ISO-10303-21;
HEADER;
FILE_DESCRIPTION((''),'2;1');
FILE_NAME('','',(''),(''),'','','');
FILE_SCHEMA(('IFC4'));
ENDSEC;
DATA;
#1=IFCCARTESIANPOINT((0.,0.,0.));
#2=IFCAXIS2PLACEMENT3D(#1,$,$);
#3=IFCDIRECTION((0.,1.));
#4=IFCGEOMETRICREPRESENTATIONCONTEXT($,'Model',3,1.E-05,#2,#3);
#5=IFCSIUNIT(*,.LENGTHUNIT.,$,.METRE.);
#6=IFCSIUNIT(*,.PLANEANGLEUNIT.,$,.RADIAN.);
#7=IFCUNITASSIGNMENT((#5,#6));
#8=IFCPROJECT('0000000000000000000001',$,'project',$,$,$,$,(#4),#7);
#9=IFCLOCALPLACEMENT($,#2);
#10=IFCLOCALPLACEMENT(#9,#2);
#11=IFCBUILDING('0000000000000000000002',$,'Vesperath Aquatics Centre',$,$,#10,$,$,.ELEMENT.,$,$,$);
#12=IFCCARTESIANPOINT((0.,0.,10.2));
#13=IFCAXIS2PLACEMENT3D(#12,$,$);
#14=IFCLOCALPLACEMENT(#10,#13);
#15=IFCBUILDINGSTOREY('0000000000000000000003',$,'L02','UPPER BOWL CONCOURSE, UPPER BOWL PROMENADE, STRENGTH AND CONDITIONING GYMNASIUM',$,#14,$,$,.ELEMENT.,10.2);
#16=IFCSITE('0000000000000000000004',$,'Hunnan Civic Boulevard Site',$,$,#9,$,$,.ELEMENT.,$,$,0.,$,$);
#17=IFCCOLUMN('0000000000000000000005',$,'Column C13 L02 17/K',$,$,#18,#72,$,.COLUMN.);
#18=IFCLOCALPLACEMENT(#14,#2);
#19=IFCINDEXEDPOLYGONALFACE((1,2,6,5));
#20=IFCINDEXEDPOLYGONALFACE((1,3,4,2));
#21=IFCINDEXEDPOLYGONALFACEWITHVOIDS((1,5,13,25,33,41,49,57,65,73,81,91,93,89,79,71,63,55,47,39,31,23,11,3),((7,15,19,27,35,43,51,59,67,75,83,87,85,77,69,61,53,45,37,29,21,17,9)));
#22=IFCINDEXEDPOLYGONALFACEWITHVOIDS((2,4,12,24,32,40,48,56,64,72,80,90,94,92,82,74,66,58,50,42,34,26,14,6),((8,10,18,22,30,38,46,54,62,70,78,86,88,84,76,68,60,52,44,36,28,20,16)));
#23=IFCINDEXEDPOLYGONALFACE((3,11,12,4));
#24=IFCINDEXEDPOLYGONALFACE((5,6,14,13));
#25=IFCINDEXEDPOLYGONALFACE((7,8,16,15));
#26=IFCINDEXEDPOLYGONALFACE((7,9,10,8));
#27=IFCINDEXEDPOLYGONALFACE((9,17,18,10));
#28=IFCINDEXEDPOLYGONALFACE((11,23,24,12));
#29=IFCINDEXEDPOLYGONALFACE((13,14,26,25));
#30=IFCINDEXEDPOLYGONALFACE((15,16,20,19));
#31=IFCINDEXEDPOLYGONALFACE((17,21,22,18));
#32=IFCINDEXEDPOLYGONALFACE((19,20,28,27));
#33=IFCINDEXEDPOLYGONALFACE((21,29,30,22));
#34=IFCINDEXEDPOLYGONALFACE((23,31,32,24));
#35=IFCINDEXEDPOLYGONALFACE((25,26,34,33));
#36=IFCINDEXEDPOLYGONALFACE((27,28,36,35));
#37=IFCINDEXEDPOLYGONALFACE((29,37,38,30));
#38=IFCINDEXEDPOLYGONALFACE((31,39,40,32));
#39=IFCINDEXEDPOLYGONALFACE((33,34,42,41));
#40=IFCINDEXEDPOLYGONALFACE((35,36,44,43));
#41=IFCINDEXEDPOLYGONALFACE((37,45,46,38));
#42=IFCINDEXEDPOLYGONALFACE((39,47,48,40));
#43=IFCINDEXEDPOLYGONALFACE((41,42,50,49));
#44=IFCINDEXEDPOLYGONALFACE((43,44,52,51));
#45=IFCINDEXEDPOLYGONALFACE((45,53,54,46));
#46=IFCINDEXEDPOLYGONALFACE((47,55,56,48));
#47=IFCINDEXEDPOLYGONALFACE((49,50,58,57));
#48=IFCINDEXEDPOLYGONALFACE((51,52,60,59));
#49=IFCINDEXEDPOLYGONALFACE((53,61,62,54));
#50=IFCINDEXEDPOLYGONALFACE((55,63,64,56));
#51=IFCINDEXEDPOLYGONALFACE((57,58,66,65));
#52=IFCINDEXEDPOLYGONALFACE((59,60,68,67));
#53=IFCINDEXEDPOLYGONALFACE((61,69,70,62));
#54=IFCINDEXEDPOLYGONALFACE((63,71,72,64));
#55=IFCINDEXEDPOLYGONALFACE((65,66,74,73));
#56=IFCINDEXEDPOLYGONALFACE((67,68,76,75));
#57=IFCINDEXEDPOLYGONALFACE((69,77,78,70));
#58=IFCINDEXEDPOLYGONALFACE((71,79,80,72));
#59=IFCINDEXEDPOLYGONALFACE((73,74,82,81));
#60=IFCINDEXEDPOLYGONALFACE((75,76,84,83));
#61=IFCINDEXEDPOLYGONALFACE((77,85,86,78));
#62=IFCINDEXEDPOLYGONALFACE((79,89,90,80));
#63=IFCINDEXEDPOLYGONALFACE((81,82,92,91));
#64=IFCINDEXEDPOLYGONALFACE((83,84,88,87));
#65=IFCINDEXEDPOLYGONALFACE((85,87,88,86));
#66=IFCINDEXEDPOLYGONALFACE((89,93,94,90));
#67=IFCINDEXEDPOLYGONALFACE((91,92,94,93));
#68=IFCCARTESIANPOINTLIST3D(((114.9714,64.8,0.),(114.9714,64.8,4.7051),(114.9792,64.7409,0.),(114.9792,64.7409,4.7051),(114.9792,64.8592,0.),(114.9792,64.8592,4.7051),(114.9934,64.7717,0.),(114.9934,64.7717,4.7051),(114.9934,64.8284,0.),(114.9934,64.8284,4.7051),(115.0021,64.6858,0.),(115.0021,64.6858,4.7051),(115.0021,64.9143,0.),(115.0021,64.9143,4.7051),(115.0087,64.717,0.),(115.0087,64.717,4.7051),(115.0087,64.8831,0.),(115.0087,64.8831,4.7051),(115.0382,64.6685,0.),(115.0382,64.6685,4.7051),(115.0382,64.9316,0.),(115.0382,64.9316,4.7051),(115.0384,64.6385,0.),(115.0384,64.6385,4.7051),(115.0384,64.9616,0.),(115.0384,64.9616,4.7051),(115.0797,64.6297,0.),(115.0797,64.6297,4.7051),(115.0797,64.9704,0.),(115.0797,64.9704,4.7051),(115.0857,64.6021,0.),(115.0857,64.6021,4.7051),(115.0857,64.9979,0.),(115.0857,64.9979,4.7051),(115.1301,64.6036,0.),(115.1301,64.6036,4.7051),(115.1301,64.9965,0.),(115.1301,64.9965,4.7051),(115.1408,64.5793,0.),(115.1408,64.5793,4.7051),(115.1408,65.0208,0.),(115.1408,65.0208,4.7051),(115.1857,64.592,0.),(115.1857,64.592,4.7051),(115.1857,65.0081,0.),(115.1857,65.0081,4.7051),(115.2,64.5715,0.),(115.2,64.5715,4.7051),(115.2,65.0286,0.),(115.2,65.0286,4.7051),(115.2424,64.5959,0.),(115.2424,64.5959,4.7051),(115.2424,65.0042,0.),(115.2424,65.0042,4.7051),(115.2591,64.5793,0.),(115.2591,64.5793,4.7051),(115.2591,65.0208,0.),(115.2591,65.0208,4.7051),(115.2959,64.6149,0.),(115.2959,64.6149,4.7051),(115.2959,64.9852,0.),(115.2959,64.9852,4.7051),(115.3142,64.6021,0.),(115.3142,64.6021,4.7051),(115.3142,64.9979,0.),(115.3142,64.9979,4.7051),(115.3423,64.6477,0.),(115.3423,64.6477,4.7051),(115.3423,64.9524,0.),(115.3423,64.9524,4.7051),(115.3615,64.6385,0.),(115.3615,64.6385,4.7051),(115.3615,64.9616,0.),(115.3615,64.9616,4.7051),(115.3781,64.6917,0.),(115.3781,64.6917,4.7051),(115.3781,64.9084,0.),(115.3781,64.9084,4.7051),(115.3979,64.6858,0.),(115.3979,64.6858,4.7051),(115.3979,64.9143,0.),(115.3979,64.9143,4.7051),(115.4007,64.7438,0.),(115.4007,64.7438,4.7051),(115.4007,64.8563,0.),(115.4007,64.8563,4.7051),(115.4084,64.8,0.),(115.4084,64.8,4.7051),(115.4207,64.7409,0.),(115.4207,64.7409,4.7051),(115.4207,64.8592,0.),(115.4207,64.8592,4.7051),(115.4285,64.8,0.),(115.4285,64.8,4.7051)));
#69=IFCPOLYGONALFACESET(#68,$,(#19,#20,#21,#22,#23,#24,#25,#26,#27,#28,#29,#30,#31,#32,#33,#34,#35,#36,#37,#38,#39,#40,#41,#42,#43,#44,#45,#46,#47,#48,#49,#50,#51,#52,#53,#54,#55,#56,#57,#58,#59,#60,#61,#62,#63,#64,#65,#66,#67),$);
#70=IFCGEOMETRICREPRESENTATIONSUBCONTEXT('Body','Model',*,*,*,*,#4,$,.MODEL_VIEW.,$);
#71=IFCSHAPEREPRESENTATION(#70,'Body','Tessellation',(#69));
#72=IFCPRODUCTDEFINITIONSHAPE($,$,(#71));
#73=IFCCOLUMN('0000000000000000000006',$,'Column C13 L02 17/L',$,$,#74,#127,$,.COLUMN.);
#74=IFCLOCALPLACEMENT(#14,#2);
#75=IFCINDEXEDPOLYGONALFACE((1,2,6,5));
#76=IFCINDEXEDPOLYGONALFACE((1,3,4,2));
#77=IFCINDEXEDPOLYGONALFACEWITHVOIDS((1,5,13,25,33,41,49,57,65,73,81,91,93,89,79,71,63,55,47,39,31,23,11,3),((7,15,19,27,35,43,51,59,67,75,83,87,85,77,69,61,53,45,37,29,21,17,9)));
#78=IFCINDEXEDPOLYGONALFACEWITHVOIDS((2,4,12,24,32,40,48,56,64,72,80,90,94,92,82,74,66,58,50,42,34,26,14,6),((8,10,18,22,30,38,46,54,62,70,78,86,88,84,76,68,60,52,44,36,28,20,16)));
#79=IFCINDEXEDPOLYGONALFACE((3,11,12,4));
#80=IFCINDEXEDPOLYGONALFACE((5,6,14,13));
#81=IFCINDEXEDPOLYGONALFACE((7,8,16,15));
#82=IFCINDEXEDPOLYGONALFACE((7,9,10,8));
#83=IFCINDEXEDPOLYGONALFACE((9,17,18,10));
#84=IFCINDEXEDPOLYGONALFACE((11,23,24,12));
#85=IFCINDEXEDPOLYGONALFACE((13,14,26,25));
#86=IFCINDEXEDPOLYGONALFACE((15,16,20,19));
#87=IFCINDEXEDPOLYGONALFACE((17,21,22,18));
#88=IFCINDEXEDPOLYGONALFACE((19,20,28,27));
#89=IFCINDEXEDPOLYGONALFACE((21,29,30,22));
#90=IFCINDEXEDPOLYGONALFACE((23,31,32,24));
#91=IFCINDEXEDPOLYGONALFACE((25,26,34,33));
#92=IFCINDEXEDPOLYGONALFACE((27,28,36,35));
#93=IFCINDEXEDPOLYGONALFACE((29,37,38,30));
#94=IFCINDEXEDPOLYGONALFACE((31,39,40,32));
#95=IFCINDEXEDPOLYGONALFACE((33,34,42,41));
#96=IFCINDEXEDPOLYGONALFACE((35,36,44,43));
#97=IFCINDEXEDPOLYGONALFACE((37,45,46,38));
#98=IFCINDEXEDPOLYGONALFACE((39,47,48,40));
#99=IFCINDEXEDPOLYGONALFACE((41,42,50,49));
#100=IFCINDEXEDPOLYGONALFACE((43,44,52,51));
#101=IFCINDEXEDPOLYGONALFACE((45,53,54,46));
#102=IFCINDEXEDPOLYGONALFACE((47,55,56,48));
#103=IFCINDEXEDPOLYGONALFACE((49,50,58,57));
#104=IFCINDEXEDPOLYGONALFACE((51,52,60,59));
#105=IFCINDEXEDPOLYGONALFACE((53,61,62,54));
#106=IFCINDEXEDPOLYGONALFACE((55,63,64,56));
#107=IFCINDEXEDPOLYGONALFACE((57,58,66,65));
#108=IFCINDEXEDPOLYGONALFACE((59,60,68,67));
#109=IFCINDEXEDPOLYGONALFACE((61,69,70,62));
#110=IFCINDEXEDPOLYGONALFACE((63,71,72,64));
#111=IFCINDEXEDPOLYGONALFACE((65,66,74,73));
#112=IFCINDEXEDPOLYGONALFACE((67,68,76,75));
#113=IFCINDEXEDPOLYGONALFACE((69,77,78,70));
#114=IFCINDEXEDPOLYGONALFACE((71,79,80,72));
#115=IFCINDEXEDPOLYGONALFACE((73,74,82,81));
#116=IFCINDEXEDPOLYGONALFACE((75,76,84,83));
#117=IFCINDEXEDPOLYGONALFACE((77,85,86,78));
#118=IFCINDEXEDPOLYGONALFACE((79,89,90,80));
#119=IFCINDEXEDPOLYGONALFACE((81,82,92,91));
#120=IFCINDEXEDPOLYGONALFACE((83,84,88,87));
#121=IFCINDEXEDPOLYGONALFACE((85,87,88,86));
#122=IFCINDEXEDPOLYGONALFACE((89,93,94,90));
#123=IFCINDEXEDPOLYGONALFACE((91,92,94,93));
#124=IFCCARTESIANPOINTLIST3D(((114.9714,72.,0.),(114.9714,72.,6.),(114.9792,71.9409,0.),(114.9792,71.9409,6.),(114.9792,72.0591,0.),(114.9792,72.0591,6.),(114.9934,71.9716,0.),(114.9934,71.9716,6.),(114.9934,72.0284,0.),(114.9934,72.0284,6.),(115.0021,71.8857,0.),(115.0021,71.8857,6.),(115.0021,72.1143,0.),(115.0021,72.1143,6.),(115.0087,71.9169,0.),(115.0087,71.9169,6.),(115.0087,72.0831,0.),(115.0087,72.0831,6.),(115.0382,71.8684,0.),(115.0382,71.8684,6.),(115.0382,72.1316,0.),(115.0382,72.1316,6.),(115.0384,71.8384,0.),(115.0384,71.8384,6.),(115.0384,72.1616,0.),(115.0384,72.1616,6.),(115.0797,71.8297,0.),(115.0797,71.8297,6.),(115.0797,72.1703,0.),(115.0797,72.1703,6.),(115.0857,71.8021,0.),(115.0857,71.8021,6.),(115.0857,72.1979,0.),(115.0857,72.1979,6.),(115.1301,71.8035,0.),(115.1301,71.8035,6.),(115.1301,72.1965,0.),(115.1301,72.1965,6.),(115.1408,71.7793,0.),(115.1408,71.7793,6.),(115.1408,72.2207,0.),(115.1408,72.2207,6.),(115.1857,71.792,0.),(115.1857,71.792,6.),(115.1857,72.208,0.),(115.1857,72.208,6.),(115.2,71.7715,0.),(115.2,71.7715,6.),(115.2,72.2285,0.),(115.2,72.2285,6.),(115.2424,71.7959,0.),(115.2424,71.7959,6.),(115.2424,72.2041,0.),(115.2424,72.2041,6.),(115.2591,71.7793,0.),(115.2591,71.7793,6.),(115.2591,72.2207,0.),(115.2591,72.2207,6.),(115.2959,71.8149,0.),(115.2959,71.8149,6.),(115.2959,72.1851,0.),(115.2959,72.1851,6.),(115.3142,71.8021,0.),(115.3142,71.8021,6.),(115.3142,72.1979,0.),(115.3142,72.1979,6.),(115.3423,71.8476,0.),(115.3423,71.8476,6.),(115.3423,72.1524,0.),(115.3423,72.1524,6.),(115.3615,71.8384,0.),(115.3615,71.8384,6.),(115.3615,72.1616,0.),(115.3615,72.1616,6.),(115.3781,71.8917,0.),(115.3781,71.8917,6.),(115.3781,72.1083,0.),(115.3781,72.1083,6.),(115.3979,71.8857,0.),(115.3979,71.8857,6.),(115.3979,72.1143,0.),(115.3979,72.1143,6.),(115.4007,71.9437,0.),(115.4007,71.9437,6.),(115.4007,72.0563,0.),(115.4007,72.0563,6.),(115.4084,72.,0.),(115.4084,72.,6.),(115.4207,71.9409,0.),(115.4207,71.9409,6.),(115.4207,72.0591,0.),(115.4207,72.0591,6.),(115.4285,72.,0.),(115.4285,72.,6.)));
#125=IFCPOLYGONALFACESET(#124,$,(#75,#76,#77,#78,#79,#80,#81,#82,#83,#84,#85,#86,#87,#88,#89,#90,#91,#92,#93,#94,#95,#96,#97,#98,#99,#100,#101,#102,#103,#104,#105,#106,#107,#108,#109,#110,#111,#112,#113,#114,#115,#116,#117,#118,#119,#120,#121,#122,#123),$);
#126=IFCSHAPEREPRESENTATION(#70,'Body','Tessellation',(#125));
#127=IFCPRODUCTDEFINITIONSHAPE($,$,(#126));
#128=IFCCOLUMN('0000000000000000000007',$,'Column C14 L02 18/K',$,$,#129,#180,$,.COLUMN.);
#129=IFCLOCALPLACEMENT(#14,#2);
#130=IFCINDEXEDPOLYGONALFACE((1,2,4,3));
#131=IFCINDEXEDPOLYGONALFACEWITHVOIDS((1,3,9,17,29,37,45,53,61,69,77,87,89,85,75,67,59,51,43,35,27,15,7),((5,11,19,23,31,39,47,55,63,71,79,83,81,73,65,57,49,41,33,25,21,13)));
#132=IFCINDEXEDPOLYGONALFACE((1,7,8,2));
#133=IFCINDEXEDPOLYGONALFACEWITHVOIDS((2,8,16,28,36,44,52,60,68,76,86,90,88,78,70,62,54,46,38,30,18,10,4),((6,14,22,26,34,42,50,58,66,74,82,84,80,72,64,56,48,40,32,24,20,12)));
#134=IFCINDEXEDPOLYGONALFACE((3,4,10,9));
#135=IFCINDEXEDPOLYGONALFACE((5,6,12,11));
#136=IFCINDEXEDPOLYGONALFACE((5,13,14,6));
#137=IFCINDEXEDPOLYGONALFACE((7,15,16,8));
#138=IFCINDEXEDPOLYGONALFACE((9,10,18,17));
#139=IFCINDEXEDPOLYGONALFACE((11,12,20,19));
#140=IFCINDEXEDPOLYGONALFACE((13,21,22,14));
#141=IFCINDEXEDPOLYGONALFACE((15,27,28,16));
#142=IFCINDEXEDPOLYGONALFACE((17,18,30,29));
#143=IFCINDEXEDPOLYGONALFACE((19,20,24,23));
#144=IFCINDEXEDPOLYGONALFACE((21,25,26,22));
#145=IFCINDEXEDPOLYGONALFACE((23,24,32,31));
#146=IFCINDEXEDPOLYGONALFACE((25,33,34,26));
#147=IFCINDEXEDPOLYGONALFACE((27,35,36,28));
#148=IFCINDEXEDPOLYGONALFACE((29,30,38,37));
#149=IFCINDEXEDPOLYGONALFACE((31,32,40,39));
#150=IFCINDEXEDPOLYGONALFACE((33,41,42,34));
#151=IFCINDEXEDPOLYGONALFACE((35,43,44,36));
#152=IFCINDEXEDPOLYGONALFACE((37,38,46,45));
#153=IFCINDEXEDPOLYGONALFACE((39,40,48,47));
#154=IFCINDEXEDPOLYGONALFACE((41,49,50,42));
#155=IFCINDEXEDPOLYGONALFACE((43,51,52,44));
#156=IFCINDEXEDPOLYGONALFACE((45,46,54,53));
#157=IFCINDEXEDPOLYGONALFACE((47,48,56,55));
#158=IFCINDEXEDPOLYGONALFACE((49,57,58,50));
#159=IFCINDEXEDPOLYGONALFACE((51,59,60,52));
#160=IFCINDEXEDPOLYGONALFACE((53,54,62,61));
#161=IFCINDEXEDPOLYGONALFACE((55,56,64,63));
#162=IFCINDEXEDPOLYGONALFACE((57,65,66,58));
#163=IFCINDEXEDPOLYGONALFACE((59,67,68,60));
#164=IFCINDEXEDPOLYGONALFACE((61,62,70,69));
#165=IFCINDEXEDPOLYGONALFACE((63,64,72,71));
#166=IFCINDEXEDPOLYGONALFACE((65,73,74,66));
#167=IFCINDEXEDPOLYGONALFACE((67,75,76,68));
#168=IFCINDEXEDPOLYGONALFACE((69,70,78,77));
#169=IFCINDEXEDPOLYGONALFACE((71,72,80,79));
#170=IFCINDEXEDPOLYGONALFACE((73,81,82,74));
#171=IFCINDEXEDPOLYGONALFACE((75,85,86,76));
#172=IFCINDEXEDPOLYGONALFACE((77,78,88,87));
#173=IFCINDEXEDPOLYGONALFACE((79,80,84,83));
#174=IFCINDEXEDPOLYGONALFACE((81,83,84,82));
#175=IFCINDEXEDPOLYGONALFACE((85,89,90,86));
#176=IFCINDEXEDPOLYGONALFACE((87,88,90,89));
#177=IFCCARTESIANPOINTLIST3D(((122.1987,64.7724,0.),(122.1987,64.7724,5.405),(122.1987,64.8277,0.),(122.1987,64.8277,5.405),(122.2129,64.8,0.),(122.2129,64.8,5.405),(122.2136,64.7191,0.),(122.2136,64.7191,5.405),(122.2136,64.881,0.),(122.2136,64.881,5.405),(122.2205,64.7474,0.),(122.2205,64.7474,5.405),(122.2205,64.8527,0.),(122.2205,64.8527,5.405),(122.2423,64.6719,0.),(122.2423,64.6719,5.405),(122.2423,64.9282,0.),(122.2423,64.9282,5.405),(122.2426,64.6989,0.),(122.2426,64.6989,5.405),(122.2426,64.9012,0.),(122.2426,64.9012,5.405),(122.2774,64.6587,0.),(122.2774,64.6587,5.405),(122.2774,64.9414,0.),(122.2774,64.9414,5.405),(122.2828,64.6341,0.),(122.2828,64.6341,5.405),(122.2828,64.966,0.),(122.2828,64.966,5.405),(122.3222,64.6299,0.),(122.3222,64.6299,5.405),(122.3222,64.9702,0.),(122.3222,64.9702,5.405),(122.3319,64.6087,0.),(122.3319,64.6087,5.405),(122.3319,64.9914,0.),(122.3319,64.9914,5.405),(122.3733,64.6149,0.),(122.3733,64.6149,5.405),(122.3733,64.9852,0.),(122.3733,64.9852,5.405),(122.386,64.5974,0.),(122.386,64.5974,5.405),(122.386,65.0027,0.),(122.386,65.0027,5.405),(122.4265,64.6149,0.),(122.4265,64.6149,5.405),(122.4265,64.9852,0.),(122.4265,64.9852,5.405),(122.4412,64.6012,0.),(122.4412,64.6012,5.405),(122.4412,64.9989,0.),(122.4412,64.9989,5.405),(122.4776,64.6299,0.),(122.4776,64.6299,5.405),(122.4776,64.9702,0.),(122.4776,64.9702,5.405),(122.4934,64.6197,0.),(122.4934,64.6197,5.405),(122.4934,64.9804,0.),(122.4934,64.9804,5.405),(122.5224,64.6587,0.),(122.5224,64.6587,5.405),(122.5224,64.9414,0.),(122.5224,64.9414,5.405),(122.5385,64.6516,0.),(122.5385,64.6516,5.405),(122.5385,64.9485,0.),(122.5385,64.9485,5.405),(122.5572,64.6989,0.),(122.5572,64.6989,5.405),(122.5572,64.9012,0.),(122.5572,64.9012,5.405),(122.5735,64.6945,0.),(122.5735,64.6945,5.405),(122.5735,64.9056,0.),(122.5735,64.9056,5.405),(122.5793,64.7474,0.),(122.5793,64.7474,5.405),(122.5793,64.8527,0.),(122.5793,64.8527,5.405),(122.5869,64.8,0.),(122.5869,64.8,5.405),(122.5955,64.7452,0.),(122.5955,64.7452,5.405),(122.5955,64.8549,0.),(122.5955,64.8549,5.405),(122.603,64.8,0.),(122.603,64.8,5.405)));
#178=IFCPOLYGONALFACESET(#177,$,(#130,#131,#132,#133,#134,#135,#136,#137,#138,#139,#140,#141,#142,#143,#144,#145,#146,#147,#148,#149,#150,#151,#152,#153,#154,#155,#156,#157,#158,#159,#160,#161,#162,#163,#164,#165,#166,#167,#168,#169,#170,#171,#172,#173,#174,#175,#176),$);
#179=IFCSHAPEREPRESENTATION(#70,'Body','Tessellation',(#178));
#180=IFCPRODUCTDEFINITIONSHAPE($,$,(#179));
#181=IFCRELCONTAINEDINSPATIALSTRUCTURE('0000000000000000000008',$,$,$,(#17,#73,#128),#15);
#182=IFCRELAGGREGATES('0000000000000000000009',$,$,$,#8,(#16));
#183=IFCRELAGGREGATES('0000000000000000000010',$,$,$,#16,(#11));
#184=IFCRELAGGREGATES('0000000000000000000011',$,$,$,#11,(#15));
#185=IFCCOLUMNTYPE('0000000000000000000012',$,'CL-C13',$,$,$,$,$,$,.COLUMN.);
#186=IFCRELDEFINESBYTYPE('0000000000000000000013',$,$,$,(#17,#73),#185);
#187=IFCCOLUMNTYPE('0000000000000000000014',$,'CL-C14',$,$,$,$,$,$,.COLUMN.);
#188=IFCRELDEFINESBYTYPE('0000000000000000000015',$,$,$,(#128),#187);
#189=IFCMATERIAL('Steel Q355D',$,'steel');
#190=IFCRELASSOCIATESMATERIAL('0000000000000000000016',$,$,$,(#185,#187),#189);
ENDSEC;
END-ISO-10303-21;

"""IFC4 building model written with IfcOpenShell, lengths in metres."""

from ifc_helpers import new_model, si_unit, direction, frame, origin, origin_2d, place, context, subcontext, project, spatial, hollow_circle, extrude, material, material_profile, profile_set, type_object, element, save


model = new_model("IFC4")

# Units and contexts
model_context = context("Model", 3, precision=1e-05, world=origin(), true_north=direction((0.0, 1.0)))
body_context = subcontext(model_context, "Body", "Model", "MODEL_VIEW")
ifc_project = project(units=[si_unit("LENGTHUNIT", "METRE"), si_unit("PLANEANGLEUNIT", "RADIAN")], contexts=[model_context])

# Site, building, storey
site_placement = place(None, origin())
site = spatial("IfcSite", under=ifc_project, at=site_placement, Name="Hunnan Civic Boulevard Site", CompositionType="ELEMENT", RefElevation=0.0)
building_placement = place(site_placement, origin())
building = spatial("IfcBuilding", under=site, at=building_placement, Name="Vesperath Aquatics Centre", CompositionType="ELEMENT")
storey_placement = place(building_placement, frame((0.0, 0.0, 10.2)))
storey = spatial("IfcBuildingStorey", under=building, at=storey_placement, Name="L02", Description="UPPER BOWL CONCOURSE, UPPER BOWL PROMENADE, STRENGTH AND CONDITIONING GYMNASIUM", CompositionType="ELEMENT", Elevation=10.2)

# Columns
ifc_material_1 = material(Name="Steel Q355D", Category="steel")
ifc_material_profile_1 = material_profile(ifc_material_1, hollow_circle(Radius=0.2285, WallThickness=0.02, at=origin_2d()), Name="CHS 457.0x20")
ifc_profile_set_1 = profile_set([ifc_material_profile_1], Name="Steel Q355D")
column_type_1 = type_object("IfcColumnType", Name="CL-C13", PredefinedType="COLUMN", material=ifc_profile_set_1)
column_1_placement = place(storey_placement, frame((115.2, 64.8, 0.0), z_axis=(0.0, 0.0, 1.0), x_axis=(1.0, 0.0, 0.0)))
element("IfcColumn", 1, at=column_1_placement, inside=storey, type_object=column_type_1, Name="Column C13 L02 17/K", PredefinedType="COLUMN", context=body_context, shape_type="SweptSolid", body=[
    extrude(hollow_circle(Radius=0.2285, WallThickness=0.02, at=origin_2d()), origin(), (0.0, 0.0, 1.0), 4.7051),
])
column_2_placement = place(storey_placement, frame((115.2, 72.0, 0.0), z_axis=(0.0, 0.0, 1.0), x_axis=(1.0, 0.0, 0.0)))
element("IfcColumn", 2, at=column_2_placement, inside=storey, type_object=column_type_1, Name="Column C13 L02 17/L", PredefinedType="COLUMN", context=body_context, shape_type="SweptSolid", body=[
    extrude(hollow_circle(Radius=0.2285, WallThickness=0.02, at=origin_2d()), origin(), (0.0, 0.0, 1.0), 6.0),
])
ifc_material_profile_2 = material_profile(ifc_material_1, hollow_circle(Radius=0.2031, WallThickness=0.0161, at=origin_2d()), Name="CHS 406.4x16")
ifc_profile_set_2 = profile_set([ifc_material_profile_2], Name="Steel Q355D")
column_type_2 = type_object("IfcColumnType", Name="CL-C14", PredefinedType="COLUMN", material=ifc_profile_set_2)
column_3_placement = place(storey_placement, frame((122.3999, 64.8, 0.0), z_axis=(0.0, 0.0, 1.0), x_axis=(1.0, 0.0, 0.0)))
element("IfcColumn", 3, at=column_3_placement, inside=storey, type_object=column_type_2, Name="Column C14 L02 18/K", PredefinedType="COLUMN", context=body_context, shape_type="SweptSolid", body=[
    extrude(hollow_circle(Radius=0.2031, WallThickness=0.0161, at=origin_2d()), origin(), (0.0, 0.0, 1.0), 5.405),
])

save(model, "model.ifc")
